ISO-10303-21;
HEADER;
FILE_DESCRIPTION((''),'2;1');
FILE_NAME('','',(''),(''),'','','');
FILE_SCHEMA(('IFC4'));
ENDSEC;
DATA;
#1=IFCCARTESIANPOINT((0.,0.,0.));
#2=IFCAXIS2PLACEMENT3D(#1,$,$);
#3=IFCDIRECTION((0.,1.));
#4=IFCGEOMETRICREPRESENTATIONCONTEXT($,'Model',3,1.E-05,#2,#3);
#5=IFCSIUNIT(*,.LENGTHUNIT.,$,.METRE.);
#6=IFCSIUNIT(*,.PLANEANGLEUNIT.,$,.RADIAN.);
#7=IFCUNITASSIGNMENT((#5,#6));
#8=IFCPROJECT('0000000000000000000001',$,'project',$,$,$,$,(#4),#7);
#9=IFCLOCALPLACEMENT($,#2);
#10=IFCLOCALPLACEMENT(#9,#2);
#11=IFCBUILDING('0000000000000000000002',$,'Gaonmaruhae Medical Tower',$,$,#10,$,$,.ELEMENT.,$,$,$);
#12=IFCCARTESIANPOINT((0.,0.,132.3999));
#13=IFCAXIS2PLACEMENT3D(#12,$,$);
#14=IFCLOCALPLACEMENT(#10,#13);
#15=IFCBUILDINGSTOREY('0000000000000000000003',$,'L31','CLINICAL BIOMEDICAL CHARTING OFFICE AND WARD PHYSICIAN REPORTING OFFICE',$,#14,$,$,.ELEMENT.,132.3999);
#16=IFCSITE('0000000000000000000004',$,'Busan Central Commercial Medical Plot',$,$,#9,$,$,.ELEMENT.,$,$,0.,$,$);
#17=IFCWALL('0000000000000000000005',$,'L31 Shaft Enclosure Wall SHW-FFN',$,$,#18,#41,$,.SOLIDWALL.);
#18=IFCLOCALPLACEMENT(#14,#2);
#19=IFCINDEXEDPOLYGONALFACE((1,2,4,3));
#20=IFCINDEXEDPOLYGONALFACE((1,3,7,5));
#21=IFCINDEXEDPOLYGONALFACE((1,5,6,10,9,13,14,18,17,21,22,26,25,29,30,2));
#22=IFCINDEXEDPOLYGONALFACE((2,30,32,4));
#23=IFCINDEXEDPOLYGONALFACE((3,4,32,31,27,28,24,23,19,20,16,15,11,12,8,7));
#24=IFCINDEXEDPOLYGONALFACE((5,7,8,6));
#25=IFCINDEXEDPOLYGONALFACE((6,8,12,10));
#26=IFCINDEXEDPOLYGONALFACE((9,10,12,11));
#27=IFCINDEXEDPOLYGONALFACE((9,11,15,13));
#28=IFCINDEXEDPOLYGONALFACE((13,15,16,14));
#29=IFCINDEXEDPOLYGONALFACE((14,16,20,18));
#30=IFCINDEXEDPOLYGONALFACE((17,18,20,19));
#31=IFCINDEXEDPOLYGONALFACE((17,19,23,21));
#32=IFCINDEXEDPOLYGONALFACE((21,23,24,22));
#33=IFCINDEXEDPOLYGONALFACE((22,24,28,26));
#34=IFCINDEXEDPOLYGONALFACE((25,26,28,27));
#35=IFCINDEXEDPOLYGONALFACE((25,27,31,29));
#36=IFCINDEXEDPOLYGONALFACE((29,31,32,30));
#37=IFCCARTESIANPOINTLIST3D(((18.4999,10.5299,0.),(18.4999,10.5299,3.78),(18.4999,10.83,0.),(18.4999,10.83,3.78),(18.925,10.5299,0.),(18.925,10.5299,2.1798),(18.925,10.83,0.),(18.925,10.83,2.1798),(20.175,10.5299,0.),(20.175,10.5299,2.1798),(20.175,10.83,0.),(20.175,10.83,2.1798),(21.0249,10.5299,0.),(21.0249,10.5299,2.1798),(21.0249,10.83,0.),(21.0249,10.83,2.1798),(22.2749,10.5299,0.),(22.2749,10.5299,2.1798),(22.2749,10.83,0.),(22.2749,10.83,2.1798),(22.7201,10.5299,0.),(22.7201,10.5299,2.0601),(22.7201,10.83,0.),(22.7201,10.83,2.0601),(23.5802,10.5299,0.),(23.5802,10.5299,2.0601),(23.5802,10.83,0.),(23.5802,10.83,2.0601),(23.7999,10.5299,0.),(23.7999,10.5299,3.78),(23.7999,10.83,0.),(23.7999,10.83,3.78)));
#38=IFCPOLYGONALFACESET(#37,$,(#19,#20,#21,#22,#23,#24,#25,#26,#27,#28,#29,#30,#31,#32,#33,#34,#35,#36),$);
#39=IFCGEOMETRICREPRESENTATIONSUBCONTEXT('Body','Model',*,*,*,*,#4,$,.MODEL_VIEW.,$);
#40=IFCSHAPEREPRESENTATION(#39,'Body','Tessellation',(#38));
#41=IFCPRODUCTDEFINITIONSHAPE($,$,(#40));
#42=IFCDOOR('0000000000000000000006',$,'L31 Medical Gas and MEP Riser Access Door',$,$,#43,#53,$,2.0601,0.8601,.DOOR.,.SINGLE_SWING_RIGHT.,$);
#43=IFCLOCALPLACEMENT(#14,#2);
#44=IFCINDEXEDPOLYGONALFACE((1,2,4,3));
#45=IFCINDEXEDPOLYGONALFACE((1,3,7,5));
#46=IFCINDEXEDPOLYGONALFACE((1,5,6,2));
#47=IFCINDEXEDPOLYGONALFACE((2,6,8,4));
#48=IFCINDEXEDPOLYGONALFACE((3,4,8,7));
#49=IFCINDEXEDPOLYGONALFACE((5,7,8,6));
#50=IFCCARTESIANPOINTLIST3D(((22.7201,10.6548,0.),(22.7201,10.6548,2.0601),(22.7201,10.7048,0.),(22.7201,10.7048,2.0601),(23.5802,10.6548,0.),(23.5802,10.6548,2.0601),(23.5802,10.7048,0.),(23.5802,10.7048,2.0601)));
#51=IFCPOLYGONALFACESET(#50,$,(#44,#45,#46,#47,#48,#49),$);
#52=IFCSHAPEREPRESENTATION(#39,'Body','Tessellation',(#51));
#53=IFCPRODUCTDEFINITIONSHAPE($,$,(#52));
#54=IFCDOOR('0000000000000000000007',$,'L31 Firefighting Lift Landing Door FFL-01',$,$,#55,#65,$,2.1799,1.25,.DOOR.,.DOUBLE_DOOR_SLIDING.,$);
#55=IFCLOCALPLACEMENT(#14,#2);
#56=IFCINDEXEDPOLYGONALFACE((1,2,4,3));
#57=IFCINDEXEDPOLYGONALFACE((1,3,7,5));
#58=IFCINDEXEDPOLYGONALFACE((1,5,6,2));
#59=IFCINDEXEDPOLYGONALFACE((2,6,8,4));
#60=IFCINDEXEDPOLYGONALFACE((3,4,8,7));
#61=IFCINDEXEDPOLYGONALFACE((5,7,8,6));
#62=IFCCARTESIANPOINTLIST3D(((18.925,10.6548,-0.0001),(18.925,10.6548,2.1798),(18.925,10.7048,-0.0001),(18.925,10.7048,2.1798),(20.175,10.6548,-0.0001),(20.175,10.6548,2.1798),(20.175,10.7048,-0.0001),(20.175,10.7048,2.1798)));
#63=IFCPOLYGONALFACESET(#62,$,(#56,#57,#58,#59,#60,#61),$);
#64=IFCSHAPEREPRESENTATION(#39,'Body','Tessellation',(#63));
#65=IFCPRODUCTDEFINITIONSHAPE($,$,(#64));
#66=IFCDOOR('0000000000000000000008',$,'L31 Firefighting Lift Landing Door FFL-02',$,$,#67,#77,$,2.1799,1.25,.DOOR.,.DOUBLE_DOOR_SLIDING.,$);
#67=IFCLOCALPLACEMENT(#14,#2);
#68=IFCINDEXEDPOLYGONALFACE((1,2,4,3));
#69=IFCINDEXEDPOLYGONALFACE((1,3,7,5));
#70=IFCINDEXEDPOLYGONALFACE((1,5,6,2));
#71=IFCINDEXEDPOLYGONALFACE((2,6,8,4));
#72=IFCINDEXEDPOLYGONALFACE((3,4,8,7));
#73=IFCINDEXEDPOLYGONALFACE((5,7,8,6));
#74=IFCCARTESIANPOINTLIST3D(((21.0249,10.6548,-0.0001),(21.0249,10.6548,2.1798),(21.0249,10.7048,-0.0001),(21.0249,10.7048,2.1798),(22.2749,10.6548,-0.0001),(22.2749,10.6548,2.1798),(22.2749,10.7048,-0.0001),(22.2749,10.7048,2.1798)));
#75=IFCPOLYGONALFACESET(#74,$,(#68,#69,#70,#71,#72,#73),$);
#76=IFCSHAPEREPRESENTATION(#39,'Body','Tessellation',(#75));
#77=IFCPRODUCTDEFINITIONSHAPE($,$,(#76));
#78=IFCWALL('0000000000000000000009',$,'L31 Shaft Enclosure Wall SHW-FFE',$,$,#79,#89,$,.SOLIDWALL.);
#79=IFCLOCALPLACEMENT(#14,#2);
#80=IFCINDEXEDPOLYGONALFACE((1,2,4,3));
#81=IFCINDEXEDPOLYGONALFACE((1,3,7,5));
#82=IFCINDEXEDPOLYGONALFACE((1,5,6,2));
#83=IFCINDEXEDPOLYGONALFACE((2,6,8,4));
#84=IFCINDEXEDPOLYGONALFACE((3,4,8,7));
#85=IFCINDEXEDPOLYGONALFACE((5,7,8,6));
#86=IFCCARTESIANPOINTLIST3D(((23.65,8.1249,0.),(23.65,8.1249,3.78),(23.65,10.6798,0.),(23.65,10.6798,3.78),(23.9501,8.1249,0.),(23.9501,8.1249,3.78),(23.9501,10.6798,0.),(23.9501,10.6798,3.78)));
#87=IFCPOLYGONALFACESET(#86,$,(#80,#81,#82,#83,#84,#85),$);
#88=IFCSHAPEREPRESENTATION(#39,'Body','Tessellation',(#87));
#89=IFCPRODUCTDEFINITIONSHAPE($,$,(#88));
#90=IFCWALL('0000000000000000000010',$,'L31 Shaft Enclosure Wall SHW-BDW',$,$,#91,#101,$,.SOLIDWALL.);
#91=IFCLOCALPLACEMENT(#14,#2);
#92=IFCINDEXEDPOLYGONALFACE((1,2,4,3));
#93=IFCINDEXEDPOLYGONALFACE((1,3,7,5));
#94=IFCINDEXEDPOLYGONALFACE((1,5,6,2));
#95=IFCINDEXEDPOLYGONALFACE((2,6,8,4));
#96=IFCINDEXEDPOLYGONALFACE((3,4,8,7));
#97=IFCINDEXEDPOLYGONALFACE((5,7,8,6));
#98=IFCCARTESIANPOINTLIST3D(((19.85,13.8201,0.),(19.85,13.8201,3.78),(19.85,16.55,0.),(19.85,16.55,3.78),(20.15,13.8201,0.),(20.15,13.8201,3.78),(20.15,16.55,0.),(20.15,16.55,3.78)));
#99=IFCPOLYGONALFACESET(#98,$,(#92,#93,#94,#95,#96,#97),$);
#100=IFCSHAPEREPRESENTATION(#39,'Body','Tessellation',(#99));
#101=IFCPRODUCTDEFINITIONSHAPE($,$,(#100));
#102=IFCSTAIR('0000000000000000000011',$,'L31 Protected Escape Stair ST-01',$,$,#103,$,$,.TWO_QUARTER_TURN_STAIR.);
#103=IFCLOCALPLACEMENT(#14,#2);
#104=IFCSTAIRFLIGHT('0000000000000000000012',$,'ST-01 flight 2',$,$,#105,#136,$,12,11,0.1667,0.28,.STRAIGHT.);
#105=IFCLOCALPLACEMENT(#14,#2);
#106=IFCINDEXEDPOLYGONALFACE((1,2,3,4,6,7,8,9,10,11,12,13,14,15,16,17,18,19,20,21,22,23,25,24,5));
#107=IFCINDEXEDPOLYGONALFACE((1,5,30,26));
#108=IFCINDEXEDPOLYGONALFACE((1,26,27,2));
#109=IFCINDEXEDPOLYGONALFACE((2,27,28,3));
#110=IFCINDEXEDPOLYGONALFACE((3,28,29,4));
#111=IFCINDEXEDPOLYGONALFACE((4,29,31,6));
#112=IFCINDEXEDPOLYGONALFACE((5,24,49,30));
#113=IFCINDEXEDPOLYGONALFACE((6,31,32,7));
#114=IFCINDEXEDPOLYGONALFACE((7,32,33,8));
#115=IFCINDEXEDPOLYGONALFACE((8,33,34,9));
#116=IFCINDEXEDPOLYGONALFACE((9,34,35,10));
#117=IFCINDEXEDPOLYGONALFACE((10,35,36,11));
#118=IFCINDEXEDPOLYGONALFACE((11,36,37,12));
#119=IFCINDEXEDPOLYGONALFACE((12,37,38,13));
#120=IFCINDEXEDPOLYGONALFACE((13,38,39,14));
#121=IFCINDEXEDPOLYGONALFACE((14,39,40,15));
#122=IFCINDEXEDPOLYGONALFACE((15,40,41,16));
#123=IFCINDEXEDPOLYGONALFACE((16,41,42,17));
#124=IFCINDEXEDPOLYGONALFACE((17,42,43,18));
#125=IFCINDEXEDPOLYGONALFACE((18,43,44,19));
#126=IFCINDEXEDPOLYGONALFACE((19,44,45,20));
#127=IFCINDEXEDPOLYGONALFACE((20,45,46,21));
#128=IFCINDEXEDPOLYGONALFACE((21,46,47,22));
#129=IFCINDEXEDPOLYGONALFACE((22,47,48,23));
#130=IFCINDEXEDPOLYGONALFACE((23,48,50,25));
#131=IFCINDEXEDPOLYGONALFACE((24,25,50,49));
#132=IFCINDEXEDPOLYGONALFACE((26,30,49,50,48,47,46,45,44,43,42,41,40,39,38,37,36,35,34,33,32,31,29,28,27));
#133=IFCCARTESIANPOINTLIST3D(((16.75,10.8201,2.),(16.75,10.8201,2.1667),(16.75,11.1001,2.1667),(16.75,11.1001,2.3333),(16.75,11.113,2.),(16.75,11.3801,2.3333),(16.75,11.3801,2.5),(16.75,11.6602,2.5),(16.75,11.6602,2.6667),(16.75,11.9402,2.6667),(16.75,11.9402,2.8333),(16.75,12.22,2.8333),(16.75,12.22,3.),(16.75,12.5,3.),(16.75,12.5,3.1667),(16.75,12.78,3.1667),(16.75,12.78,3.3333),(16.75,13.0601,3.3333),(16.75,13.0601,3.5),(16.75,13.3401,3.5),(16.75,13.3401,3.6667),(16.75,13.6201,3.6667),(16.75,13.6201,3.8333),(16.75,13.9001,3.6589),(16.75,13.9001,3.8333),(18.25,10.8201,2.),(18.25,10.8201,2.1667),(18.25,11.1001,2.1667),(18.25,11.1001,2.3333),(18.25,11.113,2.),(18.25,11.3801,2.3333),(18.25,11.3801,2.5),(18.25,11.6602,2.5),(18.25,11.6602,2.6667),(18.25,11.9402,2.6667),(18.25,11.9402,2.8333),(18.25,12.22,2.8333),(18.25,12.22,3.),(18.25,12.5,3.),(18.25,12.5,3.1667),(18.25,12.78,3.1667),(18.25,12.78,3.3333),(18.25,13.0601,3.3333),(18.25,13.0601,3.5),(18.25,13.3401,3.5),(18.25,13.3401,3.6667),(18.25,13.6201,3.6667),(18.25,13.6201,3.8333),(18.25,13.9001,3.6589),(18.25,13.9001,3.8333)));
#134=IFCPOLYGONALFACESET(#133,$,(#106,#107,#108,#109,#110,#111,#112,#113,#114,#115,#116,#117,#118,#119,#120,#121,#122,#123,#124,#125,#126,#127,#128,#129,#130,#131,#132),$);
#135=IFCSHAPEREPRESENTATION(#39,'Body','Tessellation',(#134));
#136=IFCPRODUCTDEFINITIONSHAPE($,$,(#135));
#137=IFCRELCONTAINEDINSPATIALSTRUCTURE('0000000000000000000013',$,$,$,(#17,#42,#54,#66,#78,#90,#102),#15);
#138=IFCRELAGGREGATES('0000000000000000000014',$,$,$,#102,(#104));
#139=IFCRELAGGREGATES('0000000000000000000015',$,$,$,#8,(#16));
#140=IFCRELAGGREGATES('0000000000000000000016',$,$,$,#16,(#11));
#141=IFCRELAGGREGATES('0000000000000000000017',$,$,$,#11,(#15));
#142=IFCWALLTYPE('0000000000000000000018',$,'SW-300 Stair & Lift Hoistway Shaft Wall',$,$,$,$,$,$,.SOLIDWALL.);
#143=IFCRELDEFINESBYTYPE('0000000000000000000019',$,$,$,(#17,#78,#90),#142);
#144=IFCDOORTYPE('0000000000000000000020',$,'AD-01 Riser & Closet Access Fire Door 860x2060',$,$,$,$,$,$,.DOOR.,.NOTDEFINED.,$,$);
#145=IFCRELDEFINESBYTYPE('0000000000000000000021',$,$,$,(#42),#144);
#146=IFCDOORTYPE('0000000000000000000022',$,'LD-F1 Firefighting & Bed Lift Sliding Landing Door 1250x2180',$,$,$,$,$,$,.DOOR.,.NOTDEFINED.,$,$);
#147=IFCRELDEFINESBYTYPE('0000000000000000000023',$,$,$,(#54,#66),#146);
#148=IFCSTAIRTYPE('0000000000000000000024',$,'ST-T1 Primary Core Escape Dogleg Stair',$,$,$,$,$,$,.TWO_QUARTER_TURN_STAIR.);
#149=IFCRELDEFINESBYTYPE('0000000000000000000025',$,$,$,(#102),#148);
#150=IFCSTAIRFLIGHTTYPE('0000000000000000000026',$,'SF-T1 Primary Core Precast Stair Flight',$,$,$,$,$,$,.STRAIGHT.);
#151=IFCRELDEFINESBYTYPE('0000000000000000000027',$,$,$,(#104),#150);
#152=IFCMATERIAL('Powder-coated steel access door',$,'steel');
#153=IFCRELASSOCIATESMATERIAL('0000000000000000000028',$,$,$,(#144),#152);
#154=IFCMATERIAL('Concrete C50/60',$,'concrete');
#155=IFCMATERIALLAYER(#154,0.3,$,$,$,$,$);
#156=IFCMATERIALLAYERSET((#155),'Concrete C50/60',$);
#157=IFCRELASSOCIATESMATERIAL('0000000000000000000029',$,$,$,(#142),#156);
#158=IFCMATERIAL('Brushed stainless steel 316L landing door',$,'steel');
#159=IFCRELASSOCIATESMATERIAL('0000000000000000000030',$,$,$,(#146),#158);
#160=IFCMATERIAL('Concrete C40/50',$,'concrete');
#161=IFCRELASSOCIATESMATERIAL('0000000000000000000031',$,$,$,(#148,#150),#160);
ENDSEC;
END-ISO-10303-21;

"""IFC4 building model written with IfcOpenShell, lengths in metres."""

from ifc_helpers import new_model, si_unit, direction, frame, frame_2d, origin, place, context, subcontext, project, spatial, polyline, rectangle, outline, extrude, material, layer, layer_set, type_object, element, fill, aggregate, save


model = new_model("IFC4")

# Units and contexts
model_context = context("Model", 3, precision=1e-05, world=origin(), true_north=direction((0.0, 1.0)))
body_context = subcontext(model_context, "Body", "Model", "MODEL_VIEW")
ifc_project = project(units=[si_unit("LENGTHUNIT", "METRE"), si_unit("PLANEANGLEUNIT", "RADIAN")], contexts=[model_context])

# Site, building, storey
site_placement = place(None, origin())
site = spatial("IfcSite", under=ifc_project, at=site_placement, Name="Busan Central Commercial Medical Plot", CompositionType="ELEMENT", RefElevation=0.0)
building_placement = place(site_placement, origin())
building = spatial("IfcBuilding", under=site, at=building_placement, Name="Gaonmaruhae Medical Tower", CompositionType="ELEMENT")
storey_placement = place(building_placement, frame((0.0, 0.0, 132.3999)))
storey = spatial("IfcBuildingStorey", under=building, at=storey_placement, Name="L31", Description="CLINICAL BIOMEDICAL CHARTING OFFICE AND WARD PHYSICIAN REPORTING OFFICE", CompositionType="ELEMENT", Elevation=132.3999)

# Shared definitions
ifc_material_1 = material(Name="Powder-coated steel access door", Category="steel")
door_type_1 = type_object("IfcDoorType", Name="AD-01 Riser & Closet Access Fire Door 860x2060", OperationType="NOTDEFINED", PredefinedType="DOOR", material=ifc_material_1)

# Shared definitions
ifc_material_2 = material(Name="Concrete C50/60", Category="concrete")

# Wall, openings, doors
ifc_layer_1 = layer(ifc_material_2, 0.3)
ifc_layer_set_1 = layer_set([ifc_layer_1], Name="Concrete C50/60")
wall_type_1 = type_object("IfcWallType", Name="SW-300 Stair & Lift Hoistway Shaft Wall", PredefinedType="SOLIDWALL", material=ifc_layer_set_1)
ifc_material_3 = material(Name="Brushed stainless steel 316L landing door", Category="steel")
door_type_2 = type_object("IfcDoorType", Name="LD-F1 Firefighting & Bed Lift Sliding Landing Door 1250x2180", OperationType="NOTDEFINED", PredefinedType="DOOR", material=ifc_material_3)
wall_1_placement = place(storey_placement, frame((18.5, 10.6799, 0.0), z_axis=(0.0, 0.0, 1.0), x_axis=(1.0, 0.0, 0.0)))
wall_1 = element("IfcWall", 1, at=wall_1_placement, inside=storey, type_object=wall_type_1, Name="L31 Shaft Enclosure Wall SHW-FFN", PredefinedType="SOLIDWALL", context=body_context, shape_type="SweptSolid", body=[
    extrude(rectangle(XDim=5.3, YDim=0.3, at=frame_2d((2.6499, 0.0))), origin(), (0.0, 0.0, 1.0), 3.78),
])
opening_1_placement = place(wall_1_placement, frame((4.22, 0.0, 0.0)))
opening_1 = element("IfcOpeningElement", 2, at=opening_1_placement, cuts=wall_1, PredefinedType="OPENING", context=body_context, shape_type="SweptSolid", body=[
    extrude(rectangle(XDim=0.8601, YDim=2.0601, at=frame_2d((0.4302, 1.03))), frame((0.0, 0.1602, 0.0), z_axis=(0.0, -1.0, 0.0), x_axis=(1.0, 0.0, 0.0)), (0.0, 0.0, 1.0), 0.3201),
])
opening_2_placement = place(wall_1_placement, frame((0.425, 0.0, 0.0)))
opening_2 = element("IfcOpeningElement", 3, at=opening_2_placement, cuts=wall_1, PredefinedType="OPENING", context=body_context, shape_type="SweptSolid", body=[
    extrude(rectangle(XDim=1.25, YDim=2.1799, at=frame_2d((0.625, 1.0898))), frame((0.0, 0.1602, 0.0), z_axis=(0.0, -1.0, 0.0), x_axis=(1.0, 0.0, 0.0)), (0.0, 0.0, 1.0), 0.3201),
])
opening_3_placement = place(wall_1_placement, frame((2.5249, 0.0, 0.0)))
opening_3 = element("IfcOpeningElement", 4, at=opening_3_placement, cuts=wall_1, PredefinedType="OPENING", context=body_context, shape_type="SweptSolid", body=[
    extrude(rectangle(XDim=1.25, YDim=2.1799, at=frame_2d((0.625, 1.0898))), frame((0.0, 0.1602, 0.0), z_axis=(0.0, -1.0, 0.0), x_axis=(1.0, 0.0, 0.0)), (0.0, 0.0, 1.0), 0.3201),
])
door_1_placement = place(opening_1_placement, origin())
door_1 = element("IfcDoor", 5, at=door_1_placement, inside=storey, type_object=door_type_1, Name="L31 Medical Gas and MEP Riser Access Door", OperationType="SINGLE_SWING_RIGHT", OverallHeight=2.0601, OverallWidth=0.8601, PredefinedType="DOOR", context=body_context, shape_type="SweptSolid", body=[
    extrude(rectangle(XDim=0.8601, YDim=2.0601, at=frame_2d((0.4302, 1.03))), frame((0.0, 0.0249, 0.0), z_axis=(0.0, -1.0, 0.0), x_axis=(1.0, 0.0, 0.0)), (0.0, 0.0, 1.0), 0.05),
])
fill(opening_1, door_1)
door_2_placement = place(opening_2_placement, origin())
door_2 = element("IfcDoor", 6, at=door_2_placement, inside=storey, type_object=door_type_2, Name="L31 Firefighting Lift Landing Door FFL-01", OperationType="DOUBLE_DOOR_SLIDING", OverallHeight=2.1799, OverallWidth=1.25, PredefinedType="DOOR", context=body_context, shape_type="SweptSolid", body=[
    extrude(rectangle(XDim=1.25, YDim=2.1799, at=frame_2d((0.625, 1.0898))), frame((0.0, 0.0249, 0.0), z_axis=(0.0, -1.0, 0.0), x_axis=(1.0, 0.0, 0.0)), (0.0, 0.0, 1.0), 0.05),
])
fill(opening_2, door_2)
door_3_placement = place(opening_3_placement, origin())
door_3 = element("IfcDoor", 7, at=door_3_placement, inside=storey, type_object=door_type_2, Name="L31 Firefighting Lift Landing Door FFL-02", OperationType="DOUBLE_DOOR_SLIDING", OverallHeight=2.1799, OverallWidth=1.25, PredefinedType="DOOR", context=body_context, shape_type="SweptSolid", body=[
    extrude(rectangle(XDim=1.25, YDim=2.1799, at=frame_2d((0.625, 1.0898))), frame((0.0, 0.0249, 0.0), z_axis=(0.0, -1.0, 0.0), x_axis=(1.0, 0.0, 0.0)), (0.0, 0.0, 1.0), 0.05),
])
fill(opening_3, door_3)

# Walls
wall_2_placement = place(storey_placement, frame((23.8, 8.125, 0.0), z_axis=(0.0, 0.0, 1.0), x_axis=(0.0, 1.0, 0.0)))
element("IfcWall", 8, at=wall_2_placement, inside=storey, type_object=wall_type_1, Name="L31 Shaft Enclosure Wall SHW-FFE", PredefinedType="SOLIDWALL", context=body_context, shape_type="SweptSolid", body=[
    extrude(rectangle(XDim=2.5549, YDim=0.3, at=frame_2d((1.2773, 0.0))), origin(), (0.0, 0.0, 1.0), 3.78),
])
wall_3_placement = place(storey_placement, frame((20.0, 13.8201, 0.0), z_axis=(0.0, 0.0, 1.0), x_axis=(0.0, 1.0, 0.0)))
element("IfcWall", 9, at=wall_3_placement, inside=storey, type_object=wall_type_1, Name="L31 Shaft Enclosure Wall SHW-BDW", PredefinedType="SOLIDWALL", context=body_context, shape_type="SweptSolid", body=[
    extrude(rectangle(XDim=2.73, YDim=0.3, at=frame_2d((1.365, 0.0))), origin(), (0.0, 0.0, 1.0), 3.78),
])

# Stair, stair flight
ifc_material_4 = material(Name="Concrete C40/50", Category="concrete")
stair_type = type_object("IfcStairType", Name="ST-T1 Primary Core Escape Dogleg Stair", PredefinedType="TWO_QUARTER_TURN_STAIR", material=ifc_material_4)
stair_placement = place(storey_placement, origin())
stair = element("IfcStair", 10, at=stair_placement, inside=storey, type_object=stair_type, Name="L31 Protected Escape Stair ST-01", PredefinedType="TWO_QUARTER_TURN_STAIR")
stair_flight_type = type_object("IfcStairFlightType", Name="SF-T1 Primary Core Precast Stair Flight", PredefinedType="STRAIGHT", material=ifc_material_4)
stair_flight_placement = place(storey_placement, frame((17.5, 10.8201, 2.0), z_axis=(0.0, 0.0, 1.0), x_axis=(0.0, 1.0, 0.0)))
stair_flight = element("IfcStairFlight", 11, at=stair_flight_placement, type_object=stair_flight_type, Name="ST-01 flight 2", NumberOfRisers=12, NumberOfTreads=11, PredefinedType="STRAIGHT", RiserHeight=0.1667, TreadLength=0.28, context=body_context, shape_type="SweptSolid", body=[
    extrude(outline(polyline([(0.0, 0.0), (0.0, 0.1667), (0.28, 0.1667), (0.28, 0.3333), (0.5601, 0.3333), (0.5601, 0.5), (0.8401, 0.5), (0.8401, 0.6667), (1.1201, 0.6667), (1.1201, 0.8333), (1.3999, 0.8333), (1.3999, 1.0), (1.6799, 1.0), (1.6799, 1.1667), (1.96, 1.1667), (1.96, 1.3333), (2.24, 1.3333), (2.24, 1.5), (2.52, 1.5), (2.52, 1.6667), (2.8, 1.6667), (2.8, 1.8333), (3.0801, 1.8333), (3.0801, 2.0), (3.0801, 1.6589), (0.293, 0.0), (0.0, 0.0)])), frame((0.0, 0.75, 0.0), z_axis=(0.0, -1.0, 0.0), x_axis=(1.0, 0.0, 0.0)), (0.0, 0.0, 1.0), 1.5),
])
aggregate(stair, [stair_flight])

save(model, "model.ifc")
